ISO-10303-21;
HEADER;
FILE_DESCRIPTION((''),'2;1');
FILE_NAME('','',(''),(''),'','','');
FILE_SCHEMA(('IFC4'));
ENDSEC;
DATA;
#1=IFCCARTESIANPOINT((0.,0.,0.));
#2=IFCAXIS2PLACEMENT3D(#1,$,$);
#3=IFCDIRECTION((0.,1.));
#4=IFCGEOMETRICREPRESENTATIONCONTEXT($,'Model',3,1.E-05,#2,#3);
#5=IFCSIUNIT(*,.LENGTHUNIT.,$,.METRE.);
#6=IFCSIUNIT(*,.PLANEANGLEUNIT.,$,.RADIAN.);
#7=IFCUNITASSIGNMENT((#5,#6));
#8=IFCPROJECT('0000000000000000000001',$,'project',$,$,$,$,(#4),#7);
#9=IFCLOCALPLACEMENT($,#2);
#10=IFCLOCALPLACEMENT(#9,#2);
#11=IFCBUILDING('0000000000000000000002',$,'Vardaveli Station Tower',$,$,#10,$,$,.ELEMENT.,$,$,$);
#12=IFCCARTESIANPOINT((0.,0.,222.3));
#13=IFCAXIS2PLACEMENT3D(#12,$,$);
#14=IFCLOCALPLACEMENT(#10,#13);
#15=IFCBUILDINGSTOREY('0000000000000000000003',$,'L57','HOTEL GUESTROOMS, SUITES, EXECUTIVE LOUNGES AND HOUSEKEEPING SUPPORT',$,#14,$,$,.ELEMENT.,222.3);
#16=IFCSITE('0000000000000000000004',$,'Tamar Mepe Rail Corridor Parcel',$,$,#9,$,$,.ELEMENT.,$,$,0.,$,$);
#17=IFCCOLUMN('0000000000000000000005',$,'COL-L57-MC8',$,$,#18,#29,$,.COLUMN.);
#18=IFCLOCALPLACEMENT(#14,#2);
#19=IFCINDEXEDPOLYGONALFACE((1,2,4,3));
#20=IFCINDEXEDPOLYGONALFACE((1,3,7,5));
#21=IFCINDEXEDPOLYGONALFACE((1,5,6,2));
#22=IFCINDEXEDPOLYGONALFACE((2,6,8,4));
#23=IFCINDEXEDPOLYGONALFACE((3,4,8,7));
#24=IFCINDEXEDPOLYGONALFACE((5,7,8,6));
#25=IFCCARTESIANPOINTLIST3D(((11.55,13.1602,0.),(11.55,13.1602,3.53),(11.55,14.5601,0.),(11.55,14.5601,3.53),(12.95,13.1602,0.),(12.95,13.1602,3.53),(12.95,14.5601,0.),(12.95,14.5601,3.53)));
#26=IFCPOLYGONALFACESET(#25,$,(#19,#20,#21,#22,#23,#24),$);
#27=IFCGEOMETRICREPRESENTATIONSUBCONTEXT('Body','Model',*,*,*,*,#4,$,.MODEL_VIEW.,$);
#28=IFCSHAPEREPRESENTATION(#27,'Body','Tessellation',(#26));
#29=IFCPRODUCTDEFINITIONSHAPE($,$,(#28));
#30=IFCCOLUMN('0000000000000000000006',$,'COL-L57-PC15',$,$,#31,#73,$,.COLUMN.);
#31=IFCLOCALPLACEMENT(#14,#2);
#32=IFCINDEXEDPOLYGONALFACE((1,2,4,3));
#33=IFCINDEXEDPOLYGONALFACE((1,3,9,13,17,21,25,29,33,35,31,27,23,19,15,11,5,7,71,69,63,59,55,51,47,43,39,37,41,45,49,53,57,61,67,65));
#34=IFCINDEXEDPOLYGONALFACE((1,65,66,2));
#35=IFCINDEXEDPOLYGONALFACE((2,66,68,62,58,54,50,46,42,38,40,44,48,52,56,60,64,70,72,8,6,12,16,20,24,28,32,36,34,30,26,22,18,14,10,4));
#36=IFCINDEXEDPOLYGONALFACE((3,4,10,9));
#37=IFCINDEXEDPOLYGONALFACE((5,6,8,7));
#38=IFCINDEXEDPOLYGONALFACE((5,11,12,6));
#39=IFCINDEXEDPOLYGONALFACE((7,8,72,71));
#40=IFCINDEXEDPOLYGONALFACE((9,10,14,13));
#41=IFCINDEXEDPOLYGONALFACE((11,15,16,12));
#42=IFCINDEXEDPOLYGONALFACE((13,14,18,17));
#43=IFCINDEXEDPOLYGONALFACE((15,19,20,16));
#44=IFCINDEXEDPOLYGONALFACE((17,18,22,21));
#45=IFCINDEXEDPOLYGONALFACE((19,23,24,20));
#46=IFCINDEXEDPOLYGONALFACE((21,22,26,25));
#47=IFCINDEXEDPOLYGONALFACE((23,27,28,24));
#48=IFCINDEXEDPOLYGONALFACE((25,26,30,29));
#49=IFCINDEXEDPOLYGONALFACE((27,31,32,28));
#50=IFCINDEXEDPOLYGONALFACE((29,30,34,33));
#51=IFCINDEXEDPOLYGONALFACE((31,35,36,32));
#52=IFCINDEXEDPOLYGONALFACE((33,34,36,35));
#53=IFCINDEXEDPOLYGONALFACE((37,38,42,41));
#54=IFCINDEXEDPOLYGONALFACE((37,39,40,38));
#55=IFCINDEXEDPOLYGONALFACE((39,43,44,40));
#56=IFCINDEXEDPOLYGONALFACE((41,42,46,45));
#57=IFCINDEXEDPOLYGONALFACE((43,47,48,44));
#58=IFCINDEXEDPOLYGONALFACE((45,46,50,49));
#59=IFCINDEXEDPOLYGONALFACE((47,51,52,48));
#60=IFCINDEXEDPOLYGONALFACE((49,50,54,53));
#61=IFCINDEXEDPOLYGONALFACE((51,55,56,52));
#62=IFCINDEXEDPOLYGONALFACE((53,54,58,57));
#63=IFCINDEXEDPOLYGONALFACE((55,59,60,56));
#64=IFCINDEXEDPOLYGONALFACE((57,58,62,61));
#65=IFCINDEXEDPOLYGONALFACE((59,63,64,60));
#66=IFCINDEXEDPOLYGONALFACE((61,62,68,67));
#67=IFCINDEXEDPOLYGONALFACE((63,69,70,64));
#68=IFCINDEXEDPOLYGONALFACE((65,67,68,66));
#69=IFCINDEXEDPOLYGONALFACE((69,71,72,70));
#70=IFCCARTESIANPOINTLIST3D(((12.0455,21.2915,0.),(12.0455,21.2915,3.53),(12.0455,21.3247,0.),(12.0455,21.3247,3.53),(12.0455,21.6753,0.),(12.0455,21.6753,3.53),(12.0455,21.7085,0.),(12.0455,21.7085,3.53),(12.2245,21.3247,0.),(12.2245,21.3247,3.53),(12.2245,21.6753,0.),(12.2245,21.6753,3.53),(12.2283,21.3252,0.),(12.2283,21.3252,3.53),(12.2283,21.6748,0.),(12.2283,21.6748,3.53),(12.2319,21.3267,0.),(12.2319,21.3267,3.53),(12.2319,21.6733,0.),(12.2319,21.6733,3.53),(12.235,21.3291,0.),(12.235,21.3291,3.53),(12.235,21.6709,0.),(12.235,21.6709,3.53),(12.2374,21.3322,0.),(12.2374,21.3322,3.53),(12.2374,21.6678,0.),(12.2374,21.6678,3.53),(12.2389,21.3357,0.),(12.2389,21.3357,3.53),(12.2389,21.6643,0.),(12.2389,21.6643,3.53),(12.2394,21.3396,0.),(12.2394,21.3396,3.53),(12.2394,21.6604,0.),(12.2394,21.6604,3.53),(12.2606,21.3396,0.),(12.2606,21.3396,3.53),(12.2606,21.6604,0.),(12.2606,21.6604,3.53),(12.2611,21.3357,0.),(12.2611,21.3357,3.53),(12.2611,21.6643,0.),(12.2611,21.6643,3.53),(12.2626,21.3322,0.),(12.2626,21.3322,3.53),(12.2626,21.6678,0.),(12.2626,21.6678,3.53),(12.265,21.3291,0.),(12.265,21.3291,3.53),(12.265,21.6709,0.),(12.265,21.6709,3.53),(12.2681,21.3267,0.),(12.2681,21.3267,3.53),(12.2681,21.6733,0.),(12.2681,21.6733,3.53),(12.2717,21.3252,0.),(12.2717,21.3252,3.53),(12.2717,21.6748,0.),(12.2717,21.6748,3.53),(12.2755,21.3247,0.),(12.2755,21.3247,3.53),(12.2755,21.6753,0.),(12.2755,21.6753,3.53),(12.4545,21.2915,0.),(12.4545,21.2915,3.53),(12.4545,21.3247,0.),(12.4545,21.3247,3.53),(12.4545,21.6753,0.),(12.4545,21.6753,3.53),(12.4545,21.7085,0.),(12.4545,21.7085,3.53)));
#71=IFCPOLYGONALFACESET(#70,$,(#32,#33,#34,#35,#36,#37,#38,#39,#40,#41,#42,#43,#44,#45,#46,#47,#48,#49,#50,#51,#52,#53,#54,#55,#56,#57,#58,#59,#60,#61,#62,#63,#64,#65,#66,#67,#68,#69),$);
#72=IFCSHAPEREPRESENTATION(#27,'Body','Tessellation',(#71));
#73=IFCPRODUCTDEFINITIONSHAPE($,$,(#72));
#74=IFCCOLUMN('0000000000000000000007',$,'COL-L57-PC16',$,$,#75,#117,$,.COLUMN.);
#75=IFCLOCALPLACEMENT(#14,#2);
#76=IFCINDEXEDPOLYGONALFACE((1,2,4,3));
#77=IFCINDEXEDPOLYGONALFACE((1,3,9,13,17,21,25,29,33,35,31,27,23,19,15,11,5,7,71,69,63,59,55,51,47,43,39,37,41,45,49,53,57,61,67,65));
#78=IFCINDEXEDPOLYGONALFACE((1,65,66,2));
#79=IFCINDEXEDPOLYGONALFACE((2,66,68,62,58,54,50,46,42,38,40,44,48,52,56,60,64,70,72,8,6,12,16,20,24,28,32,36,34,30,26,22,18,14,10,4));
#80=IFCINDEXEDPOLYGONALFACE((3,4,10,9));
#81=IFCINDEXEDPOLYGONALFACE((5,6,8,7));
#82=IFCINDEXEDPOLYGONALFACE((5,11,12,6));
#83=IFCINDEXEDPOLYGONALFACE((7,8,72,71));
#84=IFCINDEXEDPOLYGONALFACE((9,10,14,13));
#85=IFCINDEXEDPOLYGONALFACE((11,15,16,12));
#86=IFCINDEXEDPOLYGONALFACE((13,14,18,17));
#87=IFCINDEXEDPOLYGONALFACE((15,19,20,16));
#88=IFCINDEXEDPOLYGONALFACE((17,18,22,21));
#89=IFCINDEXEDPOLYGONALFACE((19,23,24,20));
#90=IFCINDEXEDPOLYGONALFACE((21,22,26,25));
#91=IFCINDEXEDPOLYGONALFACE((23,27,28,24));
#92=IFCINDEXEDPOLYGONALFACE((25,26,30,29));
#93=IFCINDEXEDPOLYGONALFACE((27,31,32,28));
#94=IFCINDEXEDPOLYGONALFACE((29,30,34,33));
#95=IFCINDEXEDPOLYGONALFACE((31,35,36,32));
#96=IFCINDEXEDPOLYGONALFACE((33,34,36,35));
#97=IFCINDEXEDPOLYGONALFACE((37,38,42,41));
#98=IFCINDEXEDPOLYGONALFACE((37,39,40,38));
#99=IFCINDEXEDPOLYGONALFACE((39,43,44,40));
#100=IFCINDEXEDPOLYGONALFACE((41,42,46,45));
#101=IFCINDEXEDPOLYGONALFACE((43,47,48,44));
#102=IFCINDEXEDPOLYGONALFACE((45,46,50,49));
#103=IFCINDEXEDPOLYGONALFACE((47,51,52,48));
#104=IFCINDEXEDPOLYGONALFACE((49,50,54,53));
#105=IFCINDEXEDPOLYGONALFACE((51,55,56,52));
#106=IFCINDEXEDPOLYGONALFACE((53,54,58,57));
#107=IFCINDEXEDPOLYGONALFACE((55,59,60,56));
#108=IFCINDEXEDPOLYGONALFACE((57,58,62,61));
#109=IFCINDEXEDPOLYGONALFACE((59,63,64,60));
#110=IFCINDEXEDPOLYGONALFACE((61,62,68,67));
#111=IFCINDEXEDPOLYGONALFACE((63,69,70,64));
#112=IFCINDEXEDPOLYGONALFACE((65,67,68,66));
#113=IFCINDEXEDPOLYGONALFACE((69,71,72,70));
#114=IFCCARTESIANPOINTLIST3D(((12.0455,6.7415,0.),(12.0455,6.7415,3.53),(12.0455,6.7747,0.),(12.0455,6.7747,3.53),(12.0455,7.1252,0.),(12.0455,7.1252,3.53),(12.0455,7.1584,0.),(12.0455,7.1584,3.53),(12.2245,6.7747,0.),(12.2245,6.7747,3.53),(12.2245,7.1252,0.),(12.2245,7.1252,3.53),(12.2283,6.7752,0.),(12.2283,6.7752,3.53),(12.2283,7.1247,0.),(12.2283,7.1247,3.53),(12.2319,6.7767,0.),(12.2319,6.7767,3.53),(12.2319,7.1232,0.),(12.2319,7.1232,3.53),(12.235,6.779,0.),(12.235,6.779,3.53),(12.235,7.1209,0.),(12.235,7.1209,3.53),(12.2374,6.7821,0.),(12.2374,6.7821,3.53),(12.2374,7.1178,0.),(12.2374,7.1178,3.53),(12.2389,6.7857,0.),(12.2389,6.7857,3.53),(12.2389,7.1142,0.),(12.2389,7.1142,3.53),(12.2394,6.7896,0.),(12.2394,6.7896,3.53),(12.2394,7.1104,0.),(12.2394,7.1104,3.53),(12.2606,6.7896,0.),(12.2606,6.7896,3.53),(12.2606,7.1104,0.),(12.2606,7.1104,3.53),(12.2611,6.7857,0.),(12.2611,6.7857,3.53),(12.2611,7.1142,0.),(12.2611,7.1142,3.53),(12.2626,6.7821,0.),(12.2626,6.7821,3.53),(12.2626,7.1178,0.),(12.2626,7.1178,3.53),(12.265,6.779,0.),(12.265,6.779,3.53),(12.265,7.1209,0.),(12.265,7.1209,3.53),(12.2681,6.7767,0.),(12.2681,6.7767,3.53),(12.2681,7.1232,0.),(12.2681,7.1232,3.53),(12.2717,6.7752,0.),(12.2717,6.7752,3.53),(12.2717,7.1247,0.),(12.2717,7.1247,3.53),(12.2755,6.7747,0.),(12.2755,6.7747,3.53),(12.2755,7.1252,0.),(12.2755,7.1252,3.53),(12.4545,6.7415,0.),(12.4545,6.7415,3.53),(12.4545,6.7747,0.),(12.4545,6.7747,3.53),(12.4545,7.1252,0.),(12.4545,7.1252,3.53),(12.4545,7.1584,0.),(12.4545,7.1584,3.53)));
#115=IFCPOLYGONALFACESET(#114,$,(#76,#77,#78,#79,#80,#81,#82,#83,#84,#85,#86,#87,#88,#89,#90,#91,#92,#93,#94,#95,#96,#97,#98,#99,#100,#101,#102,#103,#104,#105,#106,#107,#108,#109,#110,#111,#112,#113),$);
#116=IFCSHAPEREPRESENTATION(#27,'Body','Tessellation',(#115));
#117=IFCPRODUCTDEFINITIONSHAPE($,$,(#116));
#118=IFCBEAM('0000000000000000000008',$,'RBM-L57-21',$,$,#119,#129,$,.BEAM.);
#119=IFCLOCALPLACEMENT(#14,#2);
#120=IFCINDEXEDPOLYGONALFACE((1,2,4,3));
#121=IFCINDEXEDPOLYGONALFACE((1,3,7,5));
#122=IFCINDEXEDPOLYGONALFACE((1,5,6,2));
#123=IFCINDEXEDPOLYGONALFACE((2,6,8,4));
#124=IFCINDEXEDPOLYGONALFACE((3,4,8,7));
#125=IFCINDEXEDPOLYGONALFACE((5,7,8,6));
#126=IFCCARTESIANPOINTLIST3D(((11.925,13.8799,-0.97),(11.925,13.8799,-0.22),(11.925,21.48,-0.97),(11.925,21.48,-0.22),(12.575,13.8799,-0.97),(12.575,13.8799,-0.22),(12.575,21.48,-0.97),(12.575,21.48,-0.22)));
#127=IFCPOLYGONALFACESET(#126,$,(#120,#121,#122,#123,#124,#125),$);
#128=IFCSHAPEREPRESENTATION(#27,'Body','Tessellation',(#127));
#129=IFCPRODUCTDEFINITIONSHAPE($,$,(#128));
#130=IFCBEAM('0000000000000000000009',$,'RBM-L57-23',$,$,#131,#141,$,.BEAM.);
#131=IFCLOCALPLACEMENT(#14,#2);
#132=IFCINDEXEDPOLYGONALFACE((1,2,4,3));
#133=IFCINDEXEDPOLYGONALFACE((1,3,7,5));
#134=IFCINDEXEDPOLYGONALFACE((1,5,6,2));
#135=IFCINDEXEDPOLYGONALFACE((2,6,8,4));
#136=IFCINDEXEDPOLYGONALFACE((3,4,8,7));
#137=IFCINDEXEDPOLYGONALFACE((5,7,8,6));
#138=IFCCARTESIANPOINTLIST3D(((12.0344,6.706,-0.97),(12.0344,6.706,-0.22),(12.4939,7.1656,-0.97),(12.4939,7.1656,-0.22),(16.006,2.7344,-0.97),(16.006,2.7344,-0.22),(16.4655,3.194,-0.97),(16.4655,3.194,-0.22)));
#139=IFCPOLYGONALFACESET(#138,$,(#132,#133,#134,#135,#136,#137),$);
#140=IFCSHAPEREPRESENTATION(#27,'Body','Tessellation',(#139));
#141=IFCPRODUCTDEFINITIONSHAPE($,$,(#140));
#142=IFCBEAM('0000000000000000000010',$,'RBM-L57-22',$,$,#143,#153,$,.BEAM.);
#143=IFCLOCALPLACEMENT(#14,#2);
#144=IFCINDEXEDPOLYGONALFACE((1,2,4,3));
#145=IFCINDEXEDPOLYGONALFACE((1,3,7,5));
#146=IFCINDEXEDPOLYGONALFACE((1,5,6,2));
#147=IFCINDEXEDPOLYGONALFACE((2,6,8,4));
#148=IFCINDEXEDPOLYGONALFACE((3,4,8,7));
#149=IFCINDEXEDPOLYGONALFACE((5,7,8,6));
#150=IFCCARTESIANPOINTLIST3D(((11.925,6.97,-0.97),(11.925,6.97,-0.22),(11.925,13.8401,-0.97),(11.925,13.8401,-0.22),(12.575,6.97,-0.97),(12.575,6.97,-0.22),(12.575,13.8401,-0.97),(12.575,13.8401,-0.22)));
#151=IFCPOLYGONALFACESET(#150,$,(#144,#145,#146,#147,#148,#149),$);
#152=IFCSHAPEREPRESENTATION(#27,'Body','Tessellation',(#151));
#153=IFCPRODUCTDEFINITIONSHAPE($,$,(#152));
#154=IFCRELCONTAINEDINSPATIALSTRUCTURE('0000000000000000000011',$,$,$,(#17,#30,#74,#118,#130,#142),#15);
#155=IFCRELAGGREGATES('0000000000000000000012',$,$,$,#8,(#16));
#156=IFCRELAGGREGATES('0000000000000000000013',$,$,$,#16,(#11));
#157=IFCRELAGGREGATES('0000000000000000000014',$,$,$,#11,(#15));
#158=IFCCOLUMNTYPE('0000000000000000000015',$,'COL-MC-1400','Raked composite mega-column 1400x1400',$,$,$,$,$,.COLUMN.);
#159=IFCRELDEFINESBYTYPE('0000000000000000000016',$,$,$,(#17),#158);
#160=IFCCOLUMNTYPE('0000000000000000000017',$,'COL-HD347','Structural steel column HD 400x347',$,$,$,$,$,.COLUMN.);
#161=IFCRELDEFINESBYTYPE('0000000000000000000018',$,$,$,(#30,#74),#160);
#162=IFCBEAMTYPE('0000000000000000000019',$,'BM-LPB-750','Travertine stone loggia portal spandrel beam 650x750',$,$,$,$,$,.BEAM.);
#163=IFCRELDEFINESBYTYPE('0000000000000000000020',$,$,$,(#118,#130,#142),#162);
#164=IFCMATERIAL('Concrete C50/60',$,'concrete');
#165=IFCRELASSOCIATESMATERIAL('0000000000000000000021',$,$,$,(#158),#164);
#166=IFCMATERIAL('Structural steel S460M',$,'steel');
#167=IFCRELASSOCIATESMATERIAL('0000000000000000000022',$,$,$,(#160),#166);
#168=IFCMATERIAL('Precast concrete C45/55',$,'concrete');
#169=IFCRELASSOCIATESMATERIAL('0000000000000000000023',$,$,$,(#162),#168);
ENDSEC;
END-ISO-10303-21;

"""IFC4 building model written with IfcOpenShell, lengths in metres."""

from ifc_helpers import new_model, si_unit, direction, frame, origin, origin_2d, place, context, subcontext, project, spatial, rectangle, i_section, extrude, source, transform, mapped, material, material_profile, profile_set, type_object, element, save


model = new_model("IFC4")

# Units and contexts
model_context = context("Model", 3, precision=1e-05, world=origin(), true_north=direction((0.0, 1.0)))
body_context = subcontext(model_context, "Body", "Model", "MODEL_VIEW")
ifc_project = project(units=[si_unit("LENGTHUNIT", "METRE"), si_unit("PLANEANGLEUNIT", "RADIAN")], contexts=[model_context])

# Site, building, storey
site_placement = place(None, origin())
site = spatial("IfcSite", under=ifc_project, at=site_placement, Name="Tamar Mepe Rail Corridor Parcel", CompositionType="ELEMENT", RefElevation=0.0)
building_placement = place(site_placement, origin())
building = spatial("IfcBuilding", under=site, at=building_placement, Name="Vardaveli Station Tower", CompositionType="ELEMENT")
storey_placement = place(building_placement, frame((0.0, 0.0, 222.3)))
storey = spatial("IfcBuildingStorey", under=building, at=storey_placement, Name="L57", Description="HOTEL GUESTROOMS, SUITES, EXECUTIVE LOUNGES AND HOUSEKEEPING SUPPORT", CompositionType="ELEMENT", Elevation=222.3)

# Columns
ifc_material_1 = material(Name="Concrete C50/60", Category="concrete")
ifc_material_profile_1 = material_profile(ifc_material_1, rectangle(XDim=1.3999, YDim=1.3999, at=origin_2d()), Name="MC 1400x1400")
ifc_profile_set_1 = profile_set([ifc_material_profile_1], Name="Concrete C50/60")
column_type_1 = type_object("IfcColumnType", Name="COL-MC-1400", Description="Raked composite mega-column 1400x1400", PredefinedType="COLUMN", material=ifc_profile_set_1)
shared_shape_1 = source(origin(), body_context, "Body", "SweptSolid", [
    extrude(rectangle(XDim=1.3999, YDim=1.3999, at=origin_2d()), origin(), (0.0, 0.0, 1.0), 3.53),
])
column_placement = place(storey_placement, frame((12.25, 13.8601, 0.0), z_axis=(0.0, 0.0, 1.0), x_axis=(1.0, 0.0, 0.0)))
element("IfcColumn", 1, at=column_placement, inside=storey, type_object=column_type_1, Name="COL-L57-MC8", PredefinedType="COLUMN", context=body_context, shape_type="MappedRepresentation", body=[
    mapped(shared_shape_1, transform((0.0, 0.0, 0.0), scale=1.0)),
])
ifc_material_2 = material(Name="Structural steel S460M", Category="steel")
ifc_material_profile_2 = material_profile(ifc_material_2, i_section(OverallWidth=0.4089, OverallDepth=0.417, WebThickness=0.0212, FlangeThickness=0.0332, FilletRadius=0.0149, at=origin_2d()), Name="HD 400x347")
ifc_profile_set_2 = profile_set([ifc_material_profile_2], Name="Structural steel S460M")
column_type_2 = type_object("IfcColumnType", Name="COL-HD347", Description="Structural steel column HD 400x347", PredefinedType="COLUMN", material=ifc_profile_set_2)
shared_shape_2 = source(origin(), body_context, "Body", "SweptSolid", [
    extrude(i_section(OverallWidth=0.4089, OverallDepth=0.417, WebThickness=0.0212, FlangeThickness=0.0332, FilletRadius=0.0149, at=origin_2d()), origin(), (0.0, 0.0, 1.0), 3.53),
])
for number, where, z_axis, x_axis, name in (
    (2, (12.25, 21.5, 0.0), (0.0, 0.0, 1.0), (1.0, 0.0, 0.0), "COL-L57-PC15"),
    (3, (12.25, 6.95, 0.0), (0.0, 0.0, 1.0), (1.0, 0.0, 0.0), "COL-L57-PC16"),
):
    element("IfcColumn", number, at=place(storey_placement, frame(where, z_axis=z_axis, x_axis=x_axis)), inside=storey, type_object=column_type_2, Name=name, PredefinedType="COLUMN", context=body_context, shape_type="MappedRepresentation", body=[
        mapped(shared_shape_2, transform((0.0, 0.0, 0.0), scale=1.0)),
    ])

# Beams
ifc_material_3 = material(Name="Precast concrete C45/55", Category="concrete")
ifc_material_profile_3 = material_profile(ifc_material_3, rectangle(XDim=0.6499, YDim=0.75, at=origin_2d()), Name="LPB 650x750")
ifc_profile_set_3 = profile_set([ifc_material_profile_3], Name="Precast concrete C45/55")
beam_type_1 = type_object("IfcBeamType", Name="BM-LPB-750", Description="Travertine stone loggia portal spandrel beam 650x750", PredefinedType="BEAM", material=ifc_profile_set_3)
shared_shape_3 = source(origin(), body_context, "Body", "SweptSolid", [
    extrude(rectangle(XDim=0.6499, YDim=0.75, at=origin_2d()), origin(), (0.0, 0.0, 1.0), 7.6001),
])
beam_1_placement = place(storey_placement, frame((12.25, 21.48, -0.595), z_axis=(0.0, -1.0, 0.0), x_axis=(1.0, 0.0, 0.0)))
element("IfcBeam", 4, at=beam_1_placement, inside=storey, type_object=beam_type_1, Name="RBM-L57-21", PredefinedType="BEAM", context=body_context, shape_type="MappedRepresentation", body=[
    mapped(shared_shape_3, transform((0.0, 0.0, 0.0), scale=1.0)),
])
shared_shape_4 = source(origin(), body_context, "Body", "SweptSolid", [
    extrude(rectangle(XDim=0.6499, YDim=0.75, at=origin_2d()), origin(), (0.0, 0.0, 1.0), 5.6167),
])
beam_2_placement = place(storey_placement, frame((12.2642, 6.9358, -0.595), z_axis=(0.707107, -0.707107, 0.0), x_axis=(0.707107, 0.707107, 0.0)))
element("IfcBeam", 5, at=beam_2_placement, inside=storey, type_object=beam_type_1, Name="RBM-L57-23", PredefinedType="BEAM", context=body_context, shape_type="MappedRepresentation", body=[
    mapped(shared_shape_4, transform((0.0, 0.0, 0.0), scale=1.0)),
])
shared_shape_5 = source(origin(), body_context, "Body", "SweptSolid", [
    extrude(rectangle(XDim=0.6499, YDim=0.75, at=origin_2d()), origin(), (0.0, 0.0, 1.0), 6.8701),
])
beam_3_placement = place(storey_placement, frame((12.25, 13.8401, -0.595), z_axis=(0.0, -1.0, 0.0), x_axis=(1.0, 0.0, 0.0)))
element("IfcBeam", 6, at=beam_3_placement, inside=storey, type_object=beam_type_1, Name="RBM-L57-22", PredefinedType="BEAM", context=body_context, shape_type="MappedRepresentation", body=[
    mapped(shared_shape_5, transform((0.0, 0.0, 0.0), scale=1.0)),
])

save(model, "model.ifc")
